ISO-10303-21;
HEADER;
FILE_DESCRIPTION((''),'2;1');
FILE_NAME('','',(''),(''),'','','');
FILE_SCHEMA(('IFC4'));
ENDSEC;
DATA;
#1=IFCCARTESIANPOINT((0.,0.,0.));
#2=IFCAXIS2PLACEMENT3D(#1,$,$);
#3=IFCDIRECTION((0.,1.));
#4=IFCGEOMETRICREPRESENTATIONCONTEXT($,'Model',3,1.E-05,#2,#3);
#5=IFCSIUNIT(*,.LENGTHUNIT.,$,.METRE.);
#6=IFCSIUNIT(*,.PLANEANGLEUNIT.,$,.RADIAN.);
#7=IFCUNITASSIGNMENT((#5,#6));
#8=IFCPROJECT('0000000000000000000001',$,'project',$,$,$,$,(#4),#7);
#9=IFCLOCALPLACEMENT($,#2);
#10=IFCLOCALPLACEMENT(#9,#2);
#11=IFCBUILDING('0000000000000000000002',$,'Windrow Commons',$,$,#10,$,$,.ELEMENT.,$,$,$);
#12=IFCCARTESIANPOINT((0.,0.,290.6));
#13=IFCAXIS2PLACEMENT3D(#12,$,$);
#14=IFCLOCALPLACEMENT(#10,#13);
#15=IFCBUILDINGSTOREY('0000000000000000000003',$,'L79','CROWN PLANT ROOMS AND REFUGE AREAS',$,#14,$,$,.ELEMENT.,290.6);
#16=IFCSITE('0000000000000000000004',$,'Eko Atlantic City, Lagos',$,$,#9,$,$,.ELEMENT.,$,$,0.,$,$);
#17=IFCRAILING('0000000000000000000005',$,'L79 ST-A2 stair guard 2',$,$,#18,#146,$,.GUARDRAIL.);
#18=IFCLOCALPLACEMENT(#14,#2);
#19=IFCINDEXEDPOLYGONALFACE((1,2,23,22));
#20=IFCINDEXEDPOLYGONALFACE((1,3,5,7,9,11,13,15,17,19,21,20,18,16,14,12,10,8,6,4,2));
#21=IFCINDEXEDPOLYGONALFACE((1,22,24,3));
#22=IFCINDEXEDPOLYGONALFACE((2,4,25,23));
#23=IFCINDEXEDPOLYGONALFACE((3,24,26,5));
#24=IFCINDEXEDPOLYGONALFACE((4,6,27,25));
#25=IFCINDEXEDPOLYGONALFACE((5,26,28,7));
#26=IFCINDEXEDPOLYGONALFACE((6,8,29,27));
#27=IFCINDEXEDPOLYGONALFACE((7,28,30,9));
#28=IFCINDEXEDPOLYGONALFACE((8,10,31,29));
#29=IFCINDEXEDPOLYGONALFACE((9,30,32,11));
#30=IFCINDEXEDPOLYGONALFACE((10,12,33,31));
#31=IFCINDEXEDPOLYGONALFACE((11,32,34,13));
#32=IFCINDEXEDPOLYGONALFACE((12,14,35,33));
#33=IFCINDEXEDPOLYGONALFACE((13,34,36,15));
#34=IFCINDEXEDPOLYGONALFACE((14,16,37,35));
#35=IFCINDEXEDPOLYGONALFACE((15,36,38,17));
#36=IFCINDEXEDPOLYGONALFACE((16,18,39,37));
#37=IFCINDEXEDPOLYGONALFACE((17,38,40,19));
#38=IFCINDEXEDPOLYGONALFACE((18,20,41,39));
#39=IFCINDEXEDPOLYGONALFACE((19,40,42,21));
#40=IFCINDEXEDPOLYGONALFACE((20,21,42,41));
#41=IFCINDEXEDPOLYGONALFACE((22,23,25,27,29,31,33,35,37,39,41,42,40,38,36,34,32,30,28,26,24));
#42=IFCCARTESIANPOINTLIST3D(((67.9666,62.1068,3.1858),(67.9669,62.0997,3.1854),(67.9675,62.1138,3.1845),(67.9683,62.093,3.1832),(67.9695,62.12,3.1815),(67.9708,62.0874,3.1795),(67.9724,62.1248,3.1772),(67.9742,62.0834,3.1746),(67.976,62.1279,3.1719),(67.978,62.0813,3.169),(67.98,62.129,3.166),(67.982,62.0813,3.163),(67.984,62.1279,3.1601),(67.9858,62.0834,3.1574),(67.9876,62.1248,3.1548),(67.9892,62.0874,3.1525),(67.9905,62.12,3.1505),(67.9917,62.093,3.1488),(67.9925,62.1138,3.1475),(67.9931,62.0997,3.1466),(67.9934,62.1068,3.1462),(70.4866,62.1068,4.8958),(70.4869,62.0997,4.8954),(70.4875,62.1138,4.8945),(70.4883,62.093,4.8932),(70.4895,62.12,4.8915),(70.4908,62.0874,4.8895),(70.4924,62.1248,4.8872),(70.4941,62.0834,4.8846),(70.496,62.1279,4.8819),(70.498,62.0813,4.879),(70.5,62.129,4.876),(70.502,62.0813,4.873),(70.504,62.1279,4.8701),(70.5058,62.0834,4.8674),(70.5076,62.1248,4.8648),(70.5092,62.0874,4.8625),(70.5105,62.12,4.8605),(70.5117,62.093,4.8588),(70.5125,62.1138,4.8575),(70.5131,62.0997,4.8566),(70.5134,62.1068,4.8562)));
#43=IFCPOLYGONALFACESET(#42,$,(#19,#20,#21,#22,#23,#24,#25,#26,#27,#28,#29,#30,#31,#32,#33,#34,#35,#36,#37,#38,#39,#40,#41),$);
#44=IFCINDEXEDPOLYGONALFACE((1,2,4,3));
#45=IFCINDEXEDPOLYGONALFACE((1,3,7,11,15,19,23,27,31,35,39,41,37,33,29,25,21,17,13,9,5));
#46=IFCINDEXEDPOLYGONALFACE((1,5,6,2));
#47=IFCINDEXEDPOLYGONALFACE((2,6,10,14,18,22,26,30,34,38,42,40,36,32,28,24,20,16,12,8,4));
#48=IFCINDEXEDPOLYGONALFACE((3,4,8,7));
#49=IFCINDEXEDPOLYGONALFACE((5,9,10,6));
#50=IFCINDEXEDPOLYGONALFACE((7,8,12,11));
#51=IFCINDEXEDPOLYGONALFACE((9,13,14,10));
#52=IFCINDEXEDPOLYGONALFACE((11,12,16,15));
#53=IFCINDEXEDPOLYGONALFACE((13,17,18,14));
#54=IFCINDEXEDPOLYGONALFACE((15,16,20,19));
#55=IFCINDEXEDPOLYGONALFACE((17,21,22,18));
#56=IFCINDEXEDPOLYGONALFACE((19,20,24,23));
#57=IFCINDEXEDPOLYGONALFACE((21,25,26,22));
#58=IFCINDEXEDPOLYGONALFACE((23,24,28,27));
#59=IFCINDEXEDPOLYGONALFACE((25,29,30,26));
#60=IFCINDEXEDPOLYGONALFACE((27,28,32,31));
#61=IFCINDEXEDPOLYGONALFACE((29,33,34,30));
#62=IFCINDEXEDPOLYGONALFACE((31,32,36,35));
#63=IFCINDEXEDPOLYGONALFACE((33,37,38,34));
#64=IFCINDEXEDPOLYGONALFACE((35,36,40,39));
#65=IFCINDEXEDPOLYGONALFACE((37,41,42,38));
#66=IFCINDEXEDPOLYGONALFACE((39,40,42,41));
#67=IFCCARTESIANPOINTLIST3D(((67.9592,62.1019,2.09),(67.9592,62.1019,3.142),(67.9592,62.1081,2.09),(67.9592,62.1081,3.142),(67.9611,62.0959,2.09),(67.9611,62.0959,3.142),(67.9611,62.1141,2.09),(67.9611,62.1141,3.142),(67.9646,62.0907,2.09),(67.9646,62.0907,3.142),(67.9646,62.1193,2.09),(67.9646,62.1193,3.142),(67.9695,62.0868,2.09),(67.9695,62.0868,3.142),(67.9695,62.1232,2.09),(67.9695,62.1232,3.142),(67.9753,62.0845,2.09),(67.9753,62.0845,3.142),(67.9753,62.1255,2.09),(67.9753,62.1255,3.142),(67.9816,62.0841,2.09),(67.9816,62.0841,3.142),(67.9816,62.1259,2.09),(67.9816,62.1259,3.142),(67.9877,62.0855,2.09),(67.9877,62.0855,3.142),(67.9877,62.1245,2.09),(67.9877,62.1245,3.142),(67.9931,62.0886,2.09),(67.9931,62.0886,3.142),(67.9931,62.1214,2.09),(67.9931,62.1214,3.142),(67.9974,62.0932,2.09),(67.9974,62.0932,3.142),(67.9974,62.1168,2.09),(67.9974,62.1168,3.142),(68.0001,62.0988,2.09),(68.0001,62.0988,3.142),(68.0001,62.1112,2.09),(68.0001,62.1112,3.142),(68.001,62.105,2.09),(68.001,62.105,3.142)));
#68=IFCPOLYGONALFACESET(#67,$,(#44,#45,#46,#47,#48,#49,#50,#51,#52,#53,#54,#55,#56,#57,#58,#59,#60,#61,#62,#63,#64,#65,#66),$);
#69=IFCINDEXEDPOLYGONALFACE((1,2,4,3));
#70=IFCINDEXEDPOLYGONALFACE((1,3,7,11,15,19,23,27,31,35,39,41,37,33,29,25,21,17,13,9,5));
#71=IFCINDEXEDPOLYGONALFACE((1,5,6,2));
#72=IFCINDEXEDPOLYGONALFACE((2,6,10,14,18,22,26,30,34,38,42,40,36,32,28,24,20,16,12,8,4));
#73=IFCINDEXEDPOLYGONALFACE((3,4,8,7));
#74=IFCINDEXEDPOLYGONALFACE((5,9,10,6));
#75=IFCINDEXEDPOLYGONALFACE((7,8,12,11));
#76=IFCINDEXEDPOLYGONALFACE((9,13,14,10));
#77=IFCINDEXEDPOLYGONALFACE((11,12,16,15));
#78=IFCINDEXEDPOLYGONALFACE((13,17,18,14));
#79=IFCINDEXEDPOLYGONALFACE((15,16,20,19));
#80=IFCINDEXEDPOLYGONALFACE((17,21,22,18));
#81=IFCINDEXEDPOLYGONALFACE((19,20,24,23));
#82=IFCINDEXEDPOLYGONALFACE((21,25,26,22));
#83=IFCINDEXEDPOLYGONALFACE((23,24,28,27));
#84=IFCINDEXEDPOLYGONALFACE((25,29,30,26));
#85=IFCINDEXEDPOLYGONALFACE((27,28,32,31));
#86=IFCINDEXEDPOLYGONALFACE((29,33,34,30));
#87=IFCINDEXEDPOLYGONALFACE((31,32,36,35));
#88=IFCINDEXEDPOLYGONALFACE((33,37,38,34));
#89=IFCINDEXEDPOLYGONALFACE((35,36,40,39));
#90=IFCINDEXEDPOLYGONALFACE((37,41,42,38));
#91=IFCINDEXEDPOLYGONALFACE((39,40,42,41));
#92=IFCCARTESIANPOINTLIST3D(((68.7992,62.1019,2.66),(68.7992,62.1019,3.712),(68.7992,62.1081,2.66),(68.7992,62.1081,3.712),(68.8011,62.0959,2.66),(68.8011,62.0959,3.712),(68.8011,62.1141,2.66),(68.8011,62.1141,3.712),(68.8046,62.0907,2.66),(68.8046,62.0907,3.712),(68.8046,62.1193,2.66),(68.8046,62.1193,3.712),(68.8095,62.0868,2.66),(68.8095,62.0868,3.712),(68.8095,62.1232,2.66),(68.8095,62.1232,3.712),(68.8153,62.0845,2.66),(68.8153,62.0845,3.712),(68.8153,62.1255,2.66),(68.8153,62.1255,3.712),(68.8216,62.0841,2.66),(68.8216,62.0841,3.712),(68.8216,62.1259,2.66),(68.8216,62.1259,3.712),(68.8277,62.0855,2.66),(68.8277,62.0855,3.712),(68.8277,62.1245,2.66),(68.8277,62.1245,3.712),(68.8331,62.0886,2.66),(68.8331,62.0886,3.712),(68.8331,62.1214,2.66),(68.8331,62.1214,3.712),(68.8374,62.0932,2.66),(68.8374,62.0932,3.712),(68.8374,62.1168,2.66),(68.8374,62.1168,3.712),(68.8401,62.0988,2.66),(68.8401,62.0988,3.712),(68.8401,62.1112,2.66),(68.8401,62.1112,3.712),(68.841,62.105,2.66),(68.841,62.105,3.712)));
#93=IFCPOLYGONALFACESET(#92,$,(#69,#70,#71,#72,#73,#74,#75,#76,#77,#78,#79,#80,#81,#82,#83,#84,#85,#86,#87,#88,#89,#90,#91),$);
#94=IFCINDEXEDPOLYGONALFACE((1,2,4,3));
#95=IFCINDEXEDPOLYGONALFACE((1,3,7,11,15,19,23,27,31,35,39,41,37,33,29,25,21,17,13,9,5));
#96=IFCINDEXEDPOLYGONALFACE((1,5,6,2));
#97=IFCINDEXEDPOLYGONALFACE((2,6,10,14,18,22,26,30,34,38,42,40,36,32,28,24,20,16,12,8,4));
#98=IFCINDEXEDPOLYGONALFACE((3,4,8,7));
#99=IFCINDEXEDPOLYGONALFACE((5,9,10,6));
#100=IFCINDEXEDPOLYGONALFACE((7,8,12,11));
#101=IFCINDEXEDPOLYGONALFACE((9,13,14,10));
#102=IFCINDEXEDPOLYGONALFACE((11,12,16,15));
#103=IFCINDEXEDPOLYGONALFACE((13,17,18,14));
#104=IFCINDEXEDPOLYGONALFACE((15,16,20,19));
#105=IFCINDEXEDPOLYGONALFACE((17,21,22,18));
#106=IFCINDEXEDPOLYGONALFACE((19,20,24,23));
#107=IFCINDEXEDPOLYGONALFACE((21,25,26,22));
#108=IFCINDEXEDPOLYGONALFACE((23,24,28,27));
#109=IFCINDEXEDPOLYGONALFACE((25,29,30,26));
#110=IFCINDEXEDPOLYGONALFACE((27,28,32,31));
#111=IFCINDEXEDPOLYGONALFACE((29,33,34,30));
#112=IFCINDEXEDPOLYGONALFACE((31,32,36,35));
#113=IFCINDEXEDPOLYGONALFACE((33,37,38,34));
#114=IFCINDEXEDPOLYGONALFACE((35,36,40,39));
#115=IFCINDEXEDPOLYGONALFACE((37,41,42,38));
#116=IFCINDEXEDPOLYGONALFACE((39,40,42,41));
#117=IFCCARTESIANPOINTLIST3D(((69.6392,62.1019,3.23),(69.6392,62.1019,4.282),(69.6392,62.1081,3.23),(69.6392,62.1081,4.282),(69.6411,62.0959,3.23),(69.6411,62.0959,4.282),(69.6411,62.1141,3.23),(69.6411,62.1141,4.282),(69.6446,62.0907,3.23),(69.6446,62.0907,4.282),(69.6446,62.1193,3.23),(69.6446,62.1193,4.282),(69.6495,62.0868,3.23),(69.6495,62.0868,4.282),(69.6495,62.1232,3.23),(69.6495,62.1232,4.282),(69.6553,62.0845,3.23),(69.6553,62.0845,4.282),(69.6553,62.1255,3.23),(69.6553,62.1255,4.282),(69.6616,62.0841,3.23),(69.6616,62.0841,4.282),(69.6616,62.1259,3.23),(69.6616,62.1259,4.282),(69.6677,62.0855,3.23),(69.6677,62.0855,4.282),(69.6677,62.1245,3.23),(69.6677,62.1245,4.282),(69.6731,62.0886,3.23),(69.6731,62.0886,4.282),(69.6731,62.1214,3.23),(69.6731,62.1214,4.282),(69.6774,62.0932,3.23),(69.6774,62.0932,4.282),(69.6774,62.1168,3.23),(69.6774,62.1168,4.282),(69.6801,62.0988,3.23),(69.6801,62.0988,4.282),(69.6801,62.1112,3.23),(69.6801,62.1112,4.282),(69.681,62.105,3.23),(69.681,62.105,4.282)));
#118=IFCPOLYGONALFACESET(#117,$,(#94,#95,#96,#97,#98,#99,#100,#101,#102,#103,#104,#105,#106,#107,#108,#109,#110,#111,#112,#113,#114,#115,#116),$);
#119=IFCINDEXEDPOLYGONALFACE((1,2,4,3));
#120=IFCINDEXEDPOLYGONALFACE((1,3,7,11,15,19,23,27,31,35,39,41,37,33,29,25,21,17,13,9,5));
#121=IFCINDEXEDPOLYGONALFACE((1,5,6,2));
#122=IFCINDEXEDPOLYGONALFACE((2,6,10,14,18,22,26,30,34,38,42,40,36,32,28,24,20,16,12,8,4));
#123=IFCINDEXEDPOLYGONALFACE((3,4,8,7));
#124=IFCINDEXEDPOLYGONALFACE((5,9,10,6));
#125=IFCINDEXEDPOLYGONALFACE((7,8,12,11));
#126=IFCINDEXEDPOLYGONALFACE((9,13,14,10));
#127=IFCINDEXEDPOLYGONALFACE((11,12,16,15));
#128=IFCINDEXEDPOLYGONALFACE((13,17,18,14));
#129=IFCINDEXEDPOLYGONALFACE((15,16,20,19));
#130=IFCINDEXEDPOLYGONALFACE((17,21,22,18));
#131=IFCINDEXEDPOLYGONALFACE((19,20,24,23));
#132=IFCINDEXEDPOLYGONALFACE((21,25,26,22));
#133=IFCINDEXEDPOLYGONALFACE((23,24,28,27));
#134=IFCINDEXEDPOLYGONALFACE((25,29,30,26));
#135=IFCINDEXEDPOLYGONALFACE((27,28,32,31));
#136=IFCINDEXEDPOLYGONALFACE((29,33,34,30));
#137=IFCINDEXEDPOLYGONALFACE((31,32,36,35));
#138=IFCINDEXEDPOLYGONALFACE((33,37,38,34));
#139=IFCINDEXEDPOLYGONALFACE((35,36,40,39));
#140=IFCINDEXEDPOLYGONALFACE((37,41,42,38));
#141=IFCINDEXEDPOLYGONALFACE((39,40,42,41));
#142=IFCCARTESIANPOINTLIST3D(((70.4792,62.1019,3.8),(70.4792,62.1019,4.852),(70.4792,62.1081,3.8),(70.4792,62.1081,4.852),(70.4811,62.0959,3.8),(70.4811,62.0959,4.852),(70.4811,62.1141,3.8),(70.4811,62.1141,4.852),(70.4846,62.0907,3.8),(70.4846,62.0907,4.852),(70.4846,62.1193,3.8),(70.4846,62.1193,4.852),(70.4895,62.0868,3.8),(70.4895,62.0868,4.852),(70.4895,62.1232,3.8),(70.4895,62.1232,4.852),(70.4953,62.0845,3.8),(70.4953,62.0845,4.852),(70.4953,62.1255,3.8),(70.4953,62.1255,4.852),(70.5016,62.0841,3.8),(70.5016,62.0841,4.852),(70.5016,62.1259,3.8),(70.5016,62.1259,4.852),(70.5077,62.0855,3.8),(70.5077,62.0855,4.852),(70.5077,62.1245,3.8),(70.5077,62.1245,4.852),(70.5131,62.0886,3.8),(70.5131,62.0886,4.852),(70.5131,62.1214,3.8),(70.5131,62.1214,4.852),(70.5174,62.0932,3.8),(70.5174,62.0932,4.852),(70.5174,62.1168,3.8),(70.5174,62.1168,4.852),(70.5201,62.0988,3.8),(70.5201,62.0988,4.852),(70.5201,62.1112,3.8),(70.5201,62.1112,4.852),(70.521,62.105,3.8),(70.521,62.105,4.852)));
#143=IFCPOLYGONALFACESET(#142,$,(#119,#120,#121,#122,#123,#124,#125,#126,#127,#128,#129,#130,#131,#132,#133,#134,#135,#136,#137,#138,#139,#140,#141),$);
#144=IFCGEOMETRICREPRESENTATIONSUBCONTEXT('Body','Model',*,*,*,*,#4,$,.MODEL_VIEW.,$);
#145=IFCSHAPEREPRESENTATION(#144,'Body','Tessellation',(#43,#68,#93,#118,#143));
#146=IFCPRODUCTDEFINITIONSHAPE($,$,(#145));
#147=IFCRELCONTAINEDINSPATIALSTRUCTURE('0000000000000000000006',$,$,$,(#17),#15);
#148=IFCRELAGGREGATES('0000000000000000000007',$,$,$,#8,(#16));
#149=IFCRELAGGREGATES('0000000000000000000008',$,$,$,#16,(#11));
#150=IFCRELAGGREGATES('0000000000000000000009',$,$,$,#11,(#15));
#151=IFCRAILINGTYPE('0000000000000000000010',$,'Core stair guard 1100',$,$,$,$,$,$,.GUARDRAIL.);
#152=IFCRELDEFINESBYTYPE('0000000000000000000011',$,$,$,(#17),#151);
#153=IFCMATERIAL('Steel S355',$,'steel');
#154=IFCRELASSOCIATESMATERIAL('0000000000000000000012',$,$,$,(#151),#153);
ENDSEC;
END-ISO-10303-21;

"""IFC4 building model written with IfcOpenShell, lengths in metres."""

from ifc_helpers import new_model, si_unit, direction, frame, origin, origin_2d, place, context, subcontext, project, spatial, circle, extrude, material, type_object, element, save


model = new_model("IFC4")

# Units and contexts
model_context = context("Model", 3, precision=1e-05, world=origin(), true_north=direction((0.0, 1.0)))
body_context = subcontext(model_context, "Body", "Model", "MODEL_VIEW")
ifc_project = project(units=[si_unit("LENGTHUNIT", "METRE"), si_unit("PLANEANGLEUNIT", "RADIAN")], contexts=[model_context])

# Site, building, storey
site_placement = place(None, origin())
site = spatial("IfcSite", under=ifc_project, at=site_placement, Name="Eko Atlantic City, Lagos", CompositionType="ELEMENT", RefElevation=0.0)
building_placement = place(site_placement, origin())
building = spatial("IfcBuilding", under=site, at=building_placement, Name="Windrow Commons", CompositionType="ELEMENT")
storey_placement = place(building_placement, frame((0.0, 0.0, 290.6)))
storey = spatial("IfcBuildingStorey", under=building, at=storey_placement, Name="L79", Description="CROWN PLANT ROOMS AND REFUGE AREAS", CompositionType="ELEMENT", Elevation=290.6)

# Railing
ifc_material_1 = material(Name="Steel S355", Category="steel")
railing_type_1 = type_object("IfcRailingType", Name="Core stair guard 1100", PredefinedType="GUARDRAIL", material=ifc_material_1)
railing_1_placement = place(storey_placement, frame((67.98, 62.105, 2.09)))
element("IfcRailing", 1, at=railing_1_placement, inside=storey, type_object=railing_type_1, Name="L79 ST-A2 stair guard 2", PredefinedType="GUARDRAIL", context=body_context, shape_type="SweptSolid", body=[
    extrude(circle(Radius=0.024, at=origin_2d()), frame((0.0, 0.0, 1.076), z_axis=(0.827476, 0.0, 0.561501), x_axis=(0.0, 1.0, 0.0)), (0.0, 0.0, 1.0), 3.0454),
    extrude(circle(Radius=0.021, at=origin_2d()), origin(), (0.0, 0.0, 1.0), 1.052),
    extrude(circle(Radius=0.021, at=origin_2d()), frame((0.84, 0.0, 0.57)), (0.0, 0.0, 1.0), 1.052),
    extrude(circle(Radius=0.021, at=origin_2d()), frame((1.68, 0.0, 1.14)), (0.0, 0.0, 1.0), 1.052),
    extrude(circle(Radius=0.021, at=origin_2d()), frame((2.52, 0.0, 1.71)), (0.0, 0.0, 1.0), 1.052),
])

save(model, "model.ifc")
